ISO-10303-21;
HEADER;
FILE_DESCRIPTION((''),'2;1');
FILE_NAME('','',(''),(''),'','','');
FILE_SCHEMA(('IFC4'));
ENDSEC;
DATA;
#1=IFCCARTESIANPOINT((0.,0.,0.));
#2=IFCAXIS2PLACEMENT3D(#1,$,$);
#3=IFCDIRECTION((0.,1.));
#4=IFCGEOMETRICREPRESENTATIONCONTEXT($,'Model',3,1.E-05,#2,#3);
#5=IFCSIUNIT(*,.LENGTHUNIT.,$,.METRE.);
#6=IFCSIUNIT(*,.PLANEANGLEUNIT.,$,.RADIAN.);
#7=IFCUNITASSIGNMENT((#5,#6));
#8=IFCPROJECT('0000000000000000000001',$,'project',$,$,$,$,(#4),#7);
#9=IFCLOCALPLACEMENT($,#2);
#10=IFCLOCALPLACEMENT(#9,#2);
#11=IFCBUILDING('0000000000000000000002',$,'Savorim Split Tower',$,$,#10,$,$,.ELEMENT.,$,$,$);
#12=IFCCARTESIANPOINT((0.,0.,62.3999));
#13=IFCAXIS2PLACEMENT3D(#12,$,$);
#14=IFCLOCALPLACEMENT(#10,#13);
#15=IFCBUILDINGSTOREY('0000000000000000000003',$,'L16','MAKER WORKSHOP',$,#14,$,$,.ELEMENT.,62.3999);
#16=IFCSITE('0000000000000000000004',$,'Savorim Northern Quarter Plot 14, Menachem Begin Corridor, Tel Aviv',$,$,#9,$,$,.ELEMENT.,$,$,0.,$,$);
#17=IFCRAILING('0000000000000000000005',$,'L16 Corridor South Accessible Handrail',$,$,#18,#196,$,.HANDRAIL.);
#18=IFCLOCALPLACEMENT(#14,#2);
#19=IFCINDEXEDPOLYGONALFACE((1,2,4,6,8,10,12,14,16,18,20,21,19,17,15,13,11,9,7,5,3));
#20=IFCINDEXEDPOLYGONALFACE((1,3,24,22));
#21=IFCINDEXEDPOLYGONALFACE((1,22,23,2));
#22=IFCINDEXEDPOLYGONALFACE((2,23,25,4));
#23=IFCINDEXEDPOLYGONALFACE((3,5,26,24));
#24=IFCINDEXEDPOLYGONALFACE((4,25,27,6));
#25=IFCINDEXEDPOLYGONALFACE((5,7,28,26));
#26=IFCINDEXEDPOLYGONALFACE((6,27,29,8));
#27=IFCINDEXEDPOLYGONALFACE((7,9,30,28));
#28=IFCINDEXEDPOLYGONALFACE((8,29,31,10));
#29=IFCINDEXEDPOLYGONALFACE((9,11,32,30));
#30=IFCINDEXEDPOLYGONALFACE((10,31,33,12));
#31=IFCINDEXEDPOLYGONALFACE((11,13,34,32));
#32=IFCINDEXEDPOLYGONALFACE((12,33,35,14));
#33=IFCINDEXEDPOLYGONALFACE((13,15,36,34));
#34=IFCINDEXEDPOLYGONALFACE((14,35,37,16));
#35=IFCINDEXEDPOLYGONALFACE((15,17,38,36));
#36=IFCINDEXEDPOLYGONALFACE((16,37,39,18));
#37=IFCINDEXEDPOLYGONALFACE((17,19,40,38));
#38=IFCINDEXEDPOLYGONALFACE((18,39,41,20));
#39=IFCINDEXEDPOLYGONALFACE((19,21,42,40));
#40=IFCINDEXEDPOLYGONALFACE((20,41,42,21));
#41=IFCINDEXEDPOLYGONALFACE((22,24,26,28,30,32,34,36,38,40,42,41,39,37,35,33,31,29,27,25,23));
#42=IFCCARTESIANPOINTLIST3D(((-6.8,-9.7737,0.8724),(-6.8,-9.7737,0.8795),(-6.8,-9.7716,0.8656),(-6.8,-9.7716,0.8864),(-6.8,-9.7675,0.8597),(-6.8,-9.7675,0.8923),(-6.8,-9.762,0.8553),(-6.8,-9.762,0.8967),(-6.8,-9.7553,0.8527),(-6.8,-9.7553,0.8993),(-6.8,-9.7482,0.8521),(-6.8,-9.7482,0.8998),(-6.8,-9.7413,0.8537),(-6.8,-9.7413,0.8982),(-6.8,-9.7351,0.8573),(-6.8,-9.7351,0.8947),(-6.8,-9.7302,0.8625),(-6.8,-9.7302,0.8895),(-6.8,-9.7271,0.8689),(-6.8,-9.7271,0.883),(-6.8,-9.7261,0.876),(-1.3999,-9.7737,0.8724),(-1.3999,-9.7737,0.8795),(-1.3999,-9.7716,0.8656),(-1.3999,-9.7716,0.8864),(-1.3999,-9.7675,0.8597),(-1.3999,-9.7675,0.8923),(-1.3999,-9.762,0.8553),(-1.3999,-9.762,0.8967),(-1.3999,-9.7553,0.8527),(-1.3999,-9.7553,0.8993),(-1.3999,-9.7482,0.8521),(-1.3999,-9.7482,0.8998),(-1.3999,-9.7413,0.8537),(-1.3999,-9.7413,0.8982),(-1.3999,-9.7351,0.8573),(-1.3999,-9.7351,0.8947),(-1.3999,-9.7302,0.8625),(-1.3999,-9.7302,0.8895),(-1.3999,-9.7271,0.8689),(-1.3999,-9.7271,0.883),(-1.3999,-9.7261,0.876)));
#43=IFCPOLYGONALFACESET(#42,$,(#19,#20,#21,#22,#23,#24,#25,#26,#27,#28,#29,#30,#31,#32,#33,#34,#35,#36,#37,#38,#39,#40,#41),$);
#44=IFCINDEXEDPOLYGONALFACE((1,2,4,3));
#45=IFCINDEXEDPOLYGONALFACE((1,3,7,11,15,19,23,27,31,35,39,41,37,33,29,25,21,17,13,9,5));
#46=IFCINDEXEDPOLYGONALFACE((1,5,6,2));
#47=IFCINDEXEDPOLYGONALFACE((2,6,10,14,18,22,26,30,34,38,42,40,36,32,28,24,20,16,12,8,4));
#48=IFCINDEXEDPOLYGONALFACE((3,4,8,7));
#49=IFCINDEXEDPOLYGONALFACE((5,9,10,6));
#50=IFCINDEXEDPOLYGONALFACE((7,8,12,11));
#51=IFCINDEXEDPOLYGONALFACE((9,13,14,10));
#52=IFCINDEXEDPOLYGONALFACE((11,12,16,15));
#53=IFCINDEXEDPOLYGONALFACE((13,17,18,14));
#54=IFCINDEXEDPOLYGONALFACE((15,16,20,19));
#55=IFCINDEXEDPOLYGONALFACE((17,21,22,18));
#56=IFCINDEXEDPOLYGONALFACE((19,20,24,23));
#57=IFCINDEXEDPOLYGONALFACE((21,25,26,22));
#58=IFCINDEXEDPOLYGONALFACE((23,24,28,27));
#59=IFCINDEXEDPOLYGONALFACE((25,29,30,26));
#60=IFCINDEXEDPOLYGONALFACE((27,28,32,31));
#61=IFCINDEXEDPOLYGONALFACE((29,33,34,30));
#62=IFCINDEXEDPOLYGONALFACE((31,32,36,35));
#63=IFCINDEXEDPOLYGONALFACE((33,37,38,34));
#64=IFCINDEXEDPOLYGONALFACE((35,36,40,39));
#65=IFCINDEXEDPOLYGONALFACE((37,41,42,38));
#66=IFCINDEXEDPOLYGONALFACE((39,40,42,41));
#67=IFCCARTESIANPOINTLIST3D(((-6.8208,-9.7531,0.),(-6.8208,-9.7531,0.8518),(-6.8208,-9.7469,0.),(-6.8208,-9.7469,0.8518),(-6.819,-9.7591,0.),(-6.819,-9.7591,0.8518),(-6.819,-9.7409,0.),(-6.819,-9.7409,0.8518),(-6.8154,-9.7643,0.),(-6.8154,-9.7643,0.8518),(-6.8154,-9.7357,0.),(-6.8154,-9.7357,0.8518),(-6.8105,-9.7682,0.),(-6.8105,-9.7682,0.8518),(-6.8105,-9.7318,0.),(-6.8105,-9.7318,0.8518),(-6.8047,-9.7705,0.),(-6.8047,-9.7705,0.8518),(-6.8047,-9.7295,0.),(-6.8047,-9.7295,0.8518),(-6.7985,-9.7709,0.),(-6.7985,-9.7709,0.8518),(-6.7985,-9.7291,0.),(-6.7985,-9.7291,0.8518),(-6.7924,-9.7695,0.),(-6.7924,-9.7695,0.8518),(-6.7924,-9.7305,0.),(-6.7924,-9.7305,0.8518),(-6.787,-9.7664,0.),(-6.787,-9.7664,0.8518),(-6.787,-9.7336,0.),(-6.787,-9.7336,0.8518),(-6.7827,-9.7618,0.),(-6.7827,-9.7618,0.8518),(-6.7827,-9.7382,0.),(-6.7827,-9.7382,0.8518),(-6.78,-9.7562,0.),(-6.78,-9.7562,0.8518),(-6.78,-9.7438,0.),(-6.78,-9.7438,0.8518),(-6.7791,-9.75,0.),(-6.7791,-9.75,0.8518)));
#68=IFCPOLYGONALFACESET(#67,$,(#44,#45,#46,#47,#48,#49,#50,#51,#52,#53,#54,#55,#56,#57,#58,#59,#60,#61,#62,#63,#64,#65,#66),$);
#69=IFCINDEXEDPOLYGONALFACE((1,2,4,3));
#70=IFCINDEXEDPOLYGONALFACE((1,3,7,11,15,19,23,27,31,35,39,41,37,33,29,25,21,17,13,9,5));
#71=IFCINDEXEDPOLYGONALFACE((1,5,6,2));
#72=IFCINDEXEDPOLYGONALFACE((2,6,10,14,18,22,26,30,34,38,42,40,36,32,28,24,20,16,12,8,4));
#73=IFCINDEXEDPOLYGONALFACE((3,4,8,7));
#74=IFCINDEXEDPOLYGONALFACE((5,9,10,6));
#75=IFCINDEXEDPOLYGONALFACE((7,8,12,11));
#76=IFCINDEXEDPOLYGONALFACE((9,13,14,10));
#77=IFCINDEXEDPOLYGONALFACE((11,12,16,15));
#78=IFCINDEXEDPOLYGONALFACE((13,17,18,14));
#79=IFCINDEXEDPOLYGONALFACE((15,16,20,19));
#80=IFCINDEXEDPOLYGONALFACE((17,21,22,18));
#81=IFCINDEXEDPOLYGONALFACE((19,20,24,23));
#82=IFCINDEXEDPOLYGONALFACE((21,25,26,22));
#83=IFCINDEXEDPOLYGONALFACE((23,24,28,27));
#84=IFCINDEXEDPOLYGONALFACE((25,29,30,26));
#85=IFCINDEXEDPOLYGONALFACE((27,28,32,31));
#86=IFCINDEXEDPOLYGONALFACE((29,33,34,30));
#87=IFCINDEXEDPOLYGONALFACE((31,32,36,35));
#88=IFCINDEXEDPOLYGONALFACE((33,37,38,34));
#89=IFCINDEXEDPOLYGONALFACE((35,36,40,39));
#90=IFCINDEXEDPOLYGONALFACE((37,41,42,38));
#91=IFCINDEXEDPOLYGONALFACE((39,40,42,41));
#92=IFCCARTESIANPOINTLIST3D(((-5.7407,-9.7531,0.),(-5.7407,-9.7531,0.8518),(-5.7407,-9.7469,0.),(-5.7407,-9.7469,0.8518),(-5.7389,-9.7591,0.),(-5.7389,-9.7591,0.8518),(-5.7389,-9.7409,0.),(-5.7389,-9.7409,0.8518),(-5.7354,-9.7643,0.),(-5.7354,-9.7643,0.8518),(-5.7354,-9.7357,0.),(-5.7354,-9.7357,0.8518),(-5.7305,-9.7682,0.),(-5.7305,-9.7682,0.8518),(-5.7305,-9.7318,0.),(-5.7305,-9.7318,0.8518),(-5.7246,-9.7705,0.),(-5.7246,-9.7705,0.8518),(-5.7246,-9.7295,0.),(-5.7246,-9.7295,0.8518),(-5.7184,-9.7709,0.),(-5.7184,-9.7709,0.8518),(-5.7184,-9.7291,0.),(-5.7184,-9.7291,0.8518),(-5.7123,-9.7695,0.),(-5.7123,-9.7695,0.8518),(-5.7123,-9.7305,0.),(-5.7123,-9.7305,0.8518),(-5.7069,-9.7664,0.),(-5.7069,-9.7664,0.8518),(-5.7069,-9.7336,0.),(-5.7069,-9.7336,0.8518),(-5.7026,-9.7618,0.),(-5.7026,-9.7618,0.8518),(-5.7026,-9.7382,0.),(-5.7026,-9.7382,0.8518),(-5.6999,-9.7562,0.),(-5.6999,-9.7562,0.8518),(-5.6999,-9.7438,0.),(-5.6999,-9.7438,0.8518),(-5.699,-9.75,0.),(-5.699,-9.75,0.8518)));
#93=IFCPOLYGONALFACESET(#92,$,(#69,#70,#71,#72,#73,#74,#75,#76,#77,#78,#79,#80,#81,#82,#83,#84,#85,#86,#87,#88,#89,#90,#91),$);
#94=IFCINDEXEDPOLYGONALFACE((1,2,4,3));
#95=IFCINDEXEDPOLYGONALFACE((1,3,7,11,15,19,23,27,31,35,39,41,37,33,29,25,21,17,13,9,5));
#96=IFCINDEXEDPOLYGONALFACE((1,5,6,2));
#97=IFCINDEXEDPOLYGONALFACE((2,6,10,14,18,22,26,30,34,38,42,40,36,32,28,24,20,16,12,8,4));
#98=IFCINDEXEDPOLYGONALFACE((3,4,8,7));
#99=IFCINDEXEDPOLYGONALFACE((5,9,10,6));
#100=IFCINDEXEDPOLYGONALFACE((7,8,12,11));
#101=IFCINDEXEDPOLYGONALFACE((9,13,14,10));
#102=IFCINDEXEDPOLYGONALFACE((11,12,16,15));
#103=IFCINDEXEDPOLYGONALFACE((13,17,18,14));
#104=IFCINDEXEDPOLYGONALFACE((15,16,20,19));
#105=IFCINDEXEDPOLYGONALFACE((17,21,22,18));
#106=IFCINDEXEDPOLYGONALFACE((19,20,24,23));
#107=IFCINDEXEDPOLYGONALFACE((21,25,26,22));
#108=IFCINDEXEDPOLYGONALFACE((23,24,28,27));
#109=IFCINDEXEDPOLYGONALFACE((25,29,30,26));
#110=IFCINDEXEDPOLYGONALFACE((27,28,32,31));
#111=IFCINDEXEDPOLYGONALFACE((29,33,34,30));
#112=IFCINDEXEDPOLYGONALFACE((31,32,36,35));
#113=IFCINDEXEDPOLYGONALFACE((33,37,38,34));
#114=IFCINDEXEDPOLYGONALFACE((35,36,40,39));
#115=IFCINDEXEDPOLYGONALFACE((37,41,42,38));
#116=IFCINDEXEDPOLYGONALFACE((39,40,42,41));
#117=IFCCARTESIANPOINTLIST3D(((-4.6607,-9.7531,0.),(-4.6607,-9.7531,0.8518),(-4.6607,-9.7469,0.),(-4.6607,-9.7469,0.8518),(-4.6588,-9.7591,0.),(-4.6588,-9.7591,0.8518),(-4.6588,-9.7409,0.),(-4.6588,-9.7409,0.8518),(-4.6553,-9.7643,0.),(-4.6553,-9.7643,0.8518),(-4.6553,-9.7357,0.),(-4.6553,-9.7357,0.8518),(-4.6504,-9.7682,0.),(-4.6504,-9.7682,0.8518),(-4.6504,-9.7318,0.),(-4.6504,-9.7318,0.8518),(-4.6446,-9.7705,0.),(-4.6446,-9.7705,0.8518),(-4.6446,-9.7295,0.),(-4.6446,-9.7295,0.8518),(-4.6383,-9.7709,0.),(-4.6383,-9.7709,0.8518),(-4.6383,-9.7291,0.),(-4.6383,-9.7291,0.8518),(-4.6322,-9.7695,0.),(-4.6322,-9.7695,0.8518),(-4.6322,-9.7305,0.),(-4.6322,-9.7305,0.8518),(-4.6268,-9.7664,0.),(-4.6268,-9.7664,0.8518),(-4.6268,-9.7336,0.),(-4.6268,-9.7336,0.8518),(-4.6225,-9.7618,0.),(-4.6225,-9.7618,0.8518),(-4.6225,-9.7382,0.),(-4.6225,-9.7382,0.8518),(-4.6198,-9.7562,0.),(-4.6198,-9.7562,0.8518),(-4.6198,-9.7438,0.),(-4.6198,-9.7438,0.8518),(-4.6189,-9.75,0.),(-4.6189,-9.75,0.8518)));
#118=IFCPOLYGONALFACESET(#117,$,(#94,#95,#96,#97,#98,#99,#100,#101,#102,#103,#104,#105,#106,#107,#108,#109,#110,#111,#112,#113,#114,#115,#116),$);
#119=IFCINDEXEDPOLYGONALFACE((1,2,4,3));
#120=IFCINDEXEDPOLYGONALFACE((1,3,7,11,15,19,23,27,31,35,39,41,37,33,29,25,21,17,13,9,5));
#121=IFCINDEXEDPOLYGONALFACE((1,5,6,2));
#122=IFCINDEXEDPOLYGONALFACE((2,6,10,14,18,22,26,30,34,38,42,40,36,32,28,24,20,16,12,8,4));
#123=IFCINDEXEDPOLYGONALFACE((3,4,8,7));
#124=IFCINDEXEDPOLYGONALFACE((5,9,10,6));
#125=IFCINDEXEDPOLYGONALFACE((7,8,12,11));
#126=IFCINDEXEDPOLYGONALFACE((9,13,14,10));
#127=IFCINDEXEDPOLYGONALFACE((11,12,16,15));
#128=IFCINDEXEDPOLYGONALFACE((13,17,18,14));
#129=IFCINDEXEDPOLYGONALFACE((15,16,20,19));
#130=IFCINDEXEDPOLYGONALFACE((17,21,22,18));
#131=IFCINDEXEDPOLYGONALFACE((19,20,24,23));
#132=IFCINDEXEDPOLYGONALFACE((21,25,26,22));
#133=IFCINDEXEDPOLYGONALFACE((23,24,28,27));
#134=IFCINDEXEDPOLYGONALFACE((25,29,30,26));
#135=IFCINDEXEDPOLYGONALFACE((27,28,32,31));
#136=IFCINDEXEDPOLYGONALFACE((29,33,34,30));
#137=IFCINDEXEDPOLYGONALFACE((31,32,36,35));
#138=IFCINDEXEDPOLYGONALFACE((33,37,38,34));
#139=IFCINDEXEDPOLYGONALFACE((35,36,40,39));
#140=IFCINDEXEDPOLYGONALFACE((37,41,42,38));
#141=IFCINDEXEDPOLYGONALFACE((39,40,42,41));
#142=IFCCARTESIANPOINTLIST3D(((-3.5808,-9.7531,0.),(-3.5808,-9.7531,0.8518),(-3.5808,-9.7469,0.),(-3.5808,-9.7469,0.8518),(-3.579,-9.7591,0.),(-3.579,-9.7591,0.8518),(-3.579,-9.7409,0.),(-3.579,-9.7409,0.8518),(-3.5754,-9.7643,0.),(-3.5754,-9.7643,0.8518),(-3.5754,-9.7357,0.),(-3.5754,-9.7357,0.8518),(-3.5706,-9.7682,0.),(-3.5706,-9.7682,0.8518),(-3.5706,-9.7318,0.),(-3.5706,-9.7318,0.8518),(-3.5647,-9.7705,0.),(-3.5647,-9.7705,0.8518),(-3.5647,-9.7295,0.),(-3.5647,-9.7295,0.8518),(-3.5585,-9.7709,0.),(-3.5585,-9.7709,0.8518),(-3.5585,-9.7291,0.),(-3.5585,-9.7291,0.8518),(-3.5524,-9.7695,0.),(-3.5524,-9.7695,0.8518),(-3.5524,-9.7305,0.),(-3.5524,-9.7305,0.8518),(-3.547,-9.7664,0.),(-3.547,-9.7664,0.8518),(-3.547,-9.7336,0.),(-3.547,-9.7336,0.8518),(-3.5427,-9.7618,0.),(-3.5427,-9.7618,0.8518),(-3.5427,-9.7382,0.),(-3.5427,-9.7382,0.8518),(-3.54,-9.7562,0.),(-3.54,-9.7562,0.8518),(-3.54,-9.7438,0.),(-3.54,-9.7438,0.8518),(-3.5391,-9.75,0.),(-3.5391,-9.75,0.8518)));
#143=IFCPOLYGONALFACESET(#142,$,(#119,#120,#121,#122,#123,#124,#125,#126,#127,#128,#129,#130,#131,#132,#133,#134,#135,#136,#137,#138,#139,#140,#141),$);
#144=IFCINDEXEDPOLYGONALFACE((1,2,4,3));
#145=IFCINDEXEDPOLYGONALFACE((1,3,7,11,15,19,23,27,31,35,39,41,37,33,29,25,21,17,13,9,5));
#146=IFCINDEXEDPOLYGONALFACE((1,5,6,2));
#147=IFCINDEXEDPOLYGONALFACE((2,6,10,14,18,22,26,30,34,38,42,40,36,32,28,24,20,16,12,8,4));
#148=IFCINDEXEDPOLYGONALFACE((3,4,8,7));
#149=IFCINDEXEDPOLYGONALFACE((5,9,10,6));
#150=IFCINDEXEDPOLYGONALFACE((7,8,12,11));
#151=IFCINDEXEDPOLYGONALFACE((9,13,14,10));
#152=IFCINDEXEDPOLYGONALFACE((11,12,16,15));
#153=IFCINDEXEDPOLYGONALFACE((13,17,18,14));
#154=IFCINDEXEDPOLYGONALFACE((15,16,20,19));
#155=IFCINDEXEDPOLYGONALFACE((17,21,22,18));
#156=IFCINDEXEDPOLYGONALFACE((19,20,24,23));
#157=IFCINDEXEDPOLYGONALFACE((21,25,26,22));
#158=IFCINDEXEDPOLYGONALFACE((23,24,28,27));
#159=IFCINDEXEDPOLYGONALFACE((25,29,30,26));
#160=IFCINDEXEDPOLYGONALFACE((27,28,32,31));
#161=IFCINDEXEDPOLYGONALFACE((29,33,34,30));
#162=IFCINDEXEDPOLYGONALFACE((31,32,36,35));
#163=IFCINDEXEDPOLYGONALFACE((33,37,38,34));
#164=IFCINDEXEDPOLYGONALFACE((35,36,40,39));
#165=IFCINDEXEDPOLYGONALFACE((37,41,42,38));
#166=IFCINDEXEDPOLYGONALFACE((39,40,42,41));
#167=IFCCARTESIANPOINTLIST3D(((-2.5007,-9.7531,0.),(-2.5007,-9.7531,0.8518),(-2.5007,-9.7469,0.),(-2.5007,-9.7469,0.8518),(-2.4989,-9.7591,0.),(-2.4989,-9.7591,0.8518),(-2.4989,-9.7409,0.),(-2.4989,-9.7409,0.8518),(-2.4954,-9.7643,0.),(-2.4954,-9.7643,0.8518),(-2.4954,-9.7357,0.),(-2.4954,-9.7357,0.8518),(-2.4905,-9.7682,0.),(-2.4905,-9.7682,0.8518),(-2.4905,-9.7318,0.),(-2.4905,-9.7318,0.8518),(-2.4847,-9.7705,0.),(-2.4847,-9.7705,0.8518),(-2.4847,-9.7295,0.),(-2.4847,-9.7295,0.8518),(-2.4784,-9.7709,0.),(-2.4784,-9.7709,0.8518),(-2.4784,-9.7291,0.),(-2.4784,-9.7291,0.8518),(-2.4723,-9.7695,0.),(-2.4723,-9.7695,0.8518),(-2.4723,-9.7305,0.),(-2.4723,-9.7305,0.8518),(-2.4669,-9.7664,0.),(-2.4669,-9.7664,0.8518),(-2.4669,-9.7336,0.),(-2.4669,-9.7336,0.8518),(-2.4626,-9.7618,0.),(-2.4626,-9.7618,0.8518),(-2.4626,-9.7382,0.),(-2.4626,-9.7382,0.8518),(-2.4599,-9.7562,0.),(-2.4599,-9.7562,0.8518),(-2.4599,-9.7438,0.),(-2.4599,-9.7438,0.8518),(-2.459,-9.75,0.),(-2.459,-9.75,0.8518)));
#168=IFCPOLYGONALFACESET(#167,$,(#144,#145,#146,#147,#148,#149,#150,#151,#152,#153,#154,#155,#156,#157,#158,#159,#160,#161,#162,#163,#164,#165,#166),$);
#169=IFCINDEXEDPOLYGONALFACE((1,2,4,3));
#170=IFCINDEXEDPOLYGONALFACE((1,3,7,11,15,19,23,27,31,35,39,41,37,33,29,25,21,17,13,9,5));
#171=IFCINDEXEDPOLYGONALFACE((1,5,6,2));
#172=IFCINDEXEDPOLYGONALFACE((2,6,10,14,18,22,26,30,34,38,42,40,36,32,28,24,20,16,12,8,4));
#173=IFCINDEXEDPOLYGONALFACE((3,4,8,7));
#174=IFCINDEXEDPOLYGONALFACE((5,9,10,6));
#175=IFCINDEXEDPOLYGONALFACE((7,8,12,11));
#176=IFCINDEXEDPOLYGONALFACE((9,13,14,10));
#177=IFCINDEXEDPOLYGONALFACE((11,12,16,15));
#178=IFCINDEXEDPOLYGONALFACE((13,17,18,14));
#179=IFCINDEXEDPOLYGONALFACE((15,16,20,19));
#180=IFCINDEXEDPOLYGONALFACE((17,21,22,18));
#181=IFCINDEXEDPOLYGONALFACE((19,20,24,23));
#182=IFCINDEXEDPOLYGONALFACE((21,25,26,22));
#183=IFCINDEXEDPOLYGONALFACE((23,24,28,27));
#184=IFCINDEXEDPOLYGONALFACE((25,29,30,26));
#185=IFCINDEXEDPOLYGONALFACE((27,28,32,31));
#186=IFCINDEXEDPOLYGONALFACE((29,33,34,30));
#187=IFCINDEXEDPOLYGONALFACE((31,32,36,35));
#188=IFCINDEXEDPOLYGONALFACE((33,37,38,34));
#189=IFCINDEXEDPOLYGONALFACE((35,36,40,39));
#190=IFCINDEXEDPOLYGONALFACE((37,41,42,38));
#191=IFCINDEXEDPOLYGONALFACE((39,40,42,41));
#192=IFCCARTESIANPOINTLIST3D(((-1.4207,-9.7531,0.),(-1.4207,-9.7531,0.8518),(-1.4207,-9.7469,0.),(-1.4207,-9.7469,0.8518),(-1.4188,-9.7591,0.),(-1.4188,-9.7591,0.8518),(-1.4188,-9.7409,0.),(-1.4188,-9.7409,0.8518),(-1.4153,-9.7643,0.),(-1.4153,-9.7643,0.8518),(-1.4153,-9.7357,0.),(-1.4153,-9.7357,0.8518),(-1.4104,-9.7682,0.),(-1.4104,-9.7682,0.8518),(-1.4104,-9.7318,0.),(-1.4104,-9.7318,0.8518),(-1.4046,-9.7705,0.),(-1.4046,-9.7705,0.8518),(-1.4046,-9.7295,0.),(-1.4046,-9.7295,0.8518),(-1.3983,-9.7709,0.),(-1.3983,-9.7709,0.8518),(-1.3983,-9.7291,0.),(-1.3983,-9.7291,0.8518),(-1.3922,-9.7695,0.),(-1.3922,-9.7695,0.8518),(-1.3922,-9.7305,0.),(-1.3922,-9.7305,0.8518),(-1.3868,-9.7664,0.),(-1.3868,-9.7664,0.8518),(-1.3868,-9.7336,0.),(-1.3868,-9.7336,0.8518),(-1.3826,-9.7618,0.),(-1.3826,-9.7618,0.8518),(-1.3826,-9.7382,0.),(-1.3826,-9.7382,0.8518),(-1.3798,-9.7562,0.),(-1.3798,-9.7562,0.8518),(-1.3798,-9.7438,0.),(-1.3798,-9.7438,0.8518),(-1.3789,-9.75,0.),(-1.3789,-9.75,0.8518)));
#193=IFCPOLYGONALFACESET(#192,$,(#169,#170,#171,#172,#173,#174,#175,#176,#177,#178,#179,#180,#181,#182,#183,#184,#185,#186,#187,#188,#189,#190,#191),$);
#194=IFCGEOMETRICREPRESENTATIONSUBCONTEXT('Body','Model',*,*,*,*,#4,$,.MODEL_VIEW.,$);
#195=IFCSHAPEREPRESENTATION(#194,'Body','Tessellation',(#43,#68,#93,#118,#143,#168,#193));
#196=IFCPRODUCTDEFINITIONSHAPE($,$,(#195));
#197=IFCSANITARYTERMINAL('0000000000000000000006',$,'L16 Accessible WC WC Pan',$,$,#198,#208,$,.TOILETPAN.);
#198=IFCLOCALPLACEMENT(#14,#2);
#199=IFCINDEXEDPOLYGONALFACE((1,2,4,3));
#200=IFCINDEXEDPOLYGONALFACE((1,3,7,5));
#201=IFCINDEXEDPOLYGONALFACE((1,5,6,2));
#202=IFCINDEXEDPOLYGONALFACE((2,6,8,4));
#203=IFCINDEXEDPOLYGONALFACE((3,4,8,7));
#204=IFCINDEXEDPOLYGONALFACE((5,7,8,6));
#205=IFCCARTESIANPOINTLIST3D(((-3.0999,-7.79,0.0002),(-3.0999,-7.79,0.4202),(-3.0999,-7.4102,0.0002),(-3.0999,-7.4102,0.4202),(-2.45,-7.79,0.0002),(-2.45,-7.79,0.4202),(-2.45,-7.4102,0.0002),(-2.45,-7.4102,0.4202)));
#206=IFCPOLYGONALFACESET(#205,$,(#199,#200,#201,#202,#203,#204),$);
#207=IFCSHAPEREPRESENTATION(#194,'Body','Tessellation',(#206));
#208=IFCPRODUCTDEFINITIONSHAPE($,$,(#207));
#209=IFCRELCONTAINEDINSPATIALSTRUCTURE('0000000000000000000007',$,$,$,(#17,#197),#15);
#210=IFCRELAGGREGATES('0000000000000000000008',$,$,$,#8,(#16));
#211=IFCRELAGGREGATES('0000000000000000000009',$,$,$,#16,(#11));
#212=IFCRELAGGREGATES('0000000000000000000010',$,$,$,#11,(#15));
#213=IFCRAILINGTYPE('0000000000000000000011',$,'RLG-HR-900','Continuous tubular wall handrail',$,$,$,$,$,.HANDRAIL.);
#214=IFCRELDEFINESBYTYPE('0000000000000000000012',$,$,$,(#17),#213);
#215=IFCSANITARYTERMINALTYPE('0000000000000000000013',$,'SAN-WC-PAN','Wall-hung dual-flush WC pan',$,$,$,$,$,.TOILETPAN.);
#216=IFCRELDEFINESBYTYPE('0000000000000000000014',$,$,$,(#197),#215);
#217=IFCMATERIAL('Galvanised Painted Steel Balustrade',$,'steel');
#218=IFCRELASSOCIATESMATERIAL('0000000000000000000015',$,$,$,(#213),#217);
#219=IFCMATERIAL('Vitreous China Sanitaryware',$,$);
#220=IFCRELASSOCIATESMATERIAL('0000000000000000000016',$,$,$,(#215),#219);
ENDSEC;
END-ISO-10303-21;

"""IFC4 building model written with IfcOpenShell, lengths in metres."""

from ifc_helpers import new_model, si_unit, direction, frame, origin, origin_2d, place, context, subcontext, project, spatial, rectangle, circle, extrude, material, type_object, element, save


model = new_model("IFC4")

# Units and contexts
model_context = context("Model", 3, precision=1e-05, world=origin(), true_north=direction((0.0, 1.0)))
body_context = subcontext(model_context, "Body", "Model", "MODEL_VIEW")
ifc_project = project(units=[si_unit("LENGTHUNIT", "METRE"), si_unit("PLANEANGLEUNIT", "RADIAN")], contexts=[model_context])

# Site, building, storey
site_placement = place(None, origin())
site = spatial("IfcSite", under=ifc_project, at=site_placement, Name="Savorim Northern Quarter Plot 14, Menachem Begin Corridor, Tel Aviv", CompositionType="ELEMENT", RefElevation=0.0)
building_placement = place(site_placement, origin())
building = spatial("IfcBuilding", under=site, at=building_placement, Name="Savorim Split Tower", CompositionType="ELEMENT")
storey_placement = place(building_placement, frame((0.0, 0.0, 62.3999)))
storey = spatial("IfcBuildingStorey", under=building, at=storey_placement, Name="L16", Description="MAKER WORKSHOP", CompositionType="ELEMENT", Elevation=62.3999)

# Railing
ifc_material_1 = material(Name="Galvanised Painted Steel Balustrade", Category="steel")
railing_type = type_object("IfcRailingType", Name="RLG-HR-900", Description="Continuous tubular wall handrail", PredefinedType="HANDRAIL", material=ifc_material_1)
railing_1_placement = place(storey_placement, frame((-6.8, -9.75, 0.0)))
element("IfcRailing", 1, at=railing_1_placement, inside=storey, type_object=railing_type, Name="L16 Corridor South Accessible Handrail", PredefinedType="HANDRAIL", context=body_context, shape_type="SweptSolid", body=[
    extrude(circle(Radius=0.0239, at=origin_2d()), frame((0.0, 0.0, 0.876), z_axis=(1.0, 0.0, 0.0), x_axis=(0.0, 1.0, 0.0)), (0.0, 0.0, 1.0), 5.4001),
    extrude(circle(Radius=0.021, at=origin_2d()), origin(), (0.0, 0.0, 1.0), 0.8518),
    extrude(circle(Radius=0.021, at=origin_2d()), frame((1.0801, 0.0, 0.0)), (0.0, 0.0, 1.0), 0.8518),
    extrude(circle(Radius=0.021, at=origin_2d()), frame((2.1602, 0.0, 0.0)), (0.0, 0.0, 1.0), 0.8518),
    extrude(circle(Radius=0.021, at=origin_2d()), frame((3.24, 0.0, 0.0)), (0.0, 0.0, 1.0), 0.8518),
    extrude(circle(Radius=0.021, at=origin_2d()), frame((4.3201, 0.0, 0.0)), (0.0, 0.0, 1.0), 0.8518),
    extrude(circle(Radius=0.021, at=origin_2d()), frame((5.4001, 0.0, 0.0)), (0.0, 0.0, 1.0), 0.8518),
])

# Sanitary terminal
ifc_material_2 = material(Name="Vitreous China Sanitaryware")
sanitary_terminal_type_1 = type_object("IfcSanitaryTerminalType", Name="SAN-WC-PAN", Description="Wall-hung dual-flush WC pan", PredefinedType="TOILETPAN", material=ifc_material_2)
sanitary_terminal_1_placement = place(storey_placement, frame((-2.7749, -7.6001, 0.0002), z_axis=(0.0, 0.0, 1.0), x_axis=(1.0, 0.0, 0.0)))
element("IfcSanitaryTerminal", 2, at=sanitary_terminal_1_placement, inside=storey, type_object=sanitary_terminal_type_1, Name="L16 Accessible WC WC Pan", PredefinedType="TOILETPAN", context=body_context, shape_type="SweptSolid", body=[
    extrude(rectangle(XDim=0.6499, YDim=0.3799, at=origin_2d()), origin(), (0.0, 0.0, 1.0), 0.4199),
])

save(model, "model.ifc")
